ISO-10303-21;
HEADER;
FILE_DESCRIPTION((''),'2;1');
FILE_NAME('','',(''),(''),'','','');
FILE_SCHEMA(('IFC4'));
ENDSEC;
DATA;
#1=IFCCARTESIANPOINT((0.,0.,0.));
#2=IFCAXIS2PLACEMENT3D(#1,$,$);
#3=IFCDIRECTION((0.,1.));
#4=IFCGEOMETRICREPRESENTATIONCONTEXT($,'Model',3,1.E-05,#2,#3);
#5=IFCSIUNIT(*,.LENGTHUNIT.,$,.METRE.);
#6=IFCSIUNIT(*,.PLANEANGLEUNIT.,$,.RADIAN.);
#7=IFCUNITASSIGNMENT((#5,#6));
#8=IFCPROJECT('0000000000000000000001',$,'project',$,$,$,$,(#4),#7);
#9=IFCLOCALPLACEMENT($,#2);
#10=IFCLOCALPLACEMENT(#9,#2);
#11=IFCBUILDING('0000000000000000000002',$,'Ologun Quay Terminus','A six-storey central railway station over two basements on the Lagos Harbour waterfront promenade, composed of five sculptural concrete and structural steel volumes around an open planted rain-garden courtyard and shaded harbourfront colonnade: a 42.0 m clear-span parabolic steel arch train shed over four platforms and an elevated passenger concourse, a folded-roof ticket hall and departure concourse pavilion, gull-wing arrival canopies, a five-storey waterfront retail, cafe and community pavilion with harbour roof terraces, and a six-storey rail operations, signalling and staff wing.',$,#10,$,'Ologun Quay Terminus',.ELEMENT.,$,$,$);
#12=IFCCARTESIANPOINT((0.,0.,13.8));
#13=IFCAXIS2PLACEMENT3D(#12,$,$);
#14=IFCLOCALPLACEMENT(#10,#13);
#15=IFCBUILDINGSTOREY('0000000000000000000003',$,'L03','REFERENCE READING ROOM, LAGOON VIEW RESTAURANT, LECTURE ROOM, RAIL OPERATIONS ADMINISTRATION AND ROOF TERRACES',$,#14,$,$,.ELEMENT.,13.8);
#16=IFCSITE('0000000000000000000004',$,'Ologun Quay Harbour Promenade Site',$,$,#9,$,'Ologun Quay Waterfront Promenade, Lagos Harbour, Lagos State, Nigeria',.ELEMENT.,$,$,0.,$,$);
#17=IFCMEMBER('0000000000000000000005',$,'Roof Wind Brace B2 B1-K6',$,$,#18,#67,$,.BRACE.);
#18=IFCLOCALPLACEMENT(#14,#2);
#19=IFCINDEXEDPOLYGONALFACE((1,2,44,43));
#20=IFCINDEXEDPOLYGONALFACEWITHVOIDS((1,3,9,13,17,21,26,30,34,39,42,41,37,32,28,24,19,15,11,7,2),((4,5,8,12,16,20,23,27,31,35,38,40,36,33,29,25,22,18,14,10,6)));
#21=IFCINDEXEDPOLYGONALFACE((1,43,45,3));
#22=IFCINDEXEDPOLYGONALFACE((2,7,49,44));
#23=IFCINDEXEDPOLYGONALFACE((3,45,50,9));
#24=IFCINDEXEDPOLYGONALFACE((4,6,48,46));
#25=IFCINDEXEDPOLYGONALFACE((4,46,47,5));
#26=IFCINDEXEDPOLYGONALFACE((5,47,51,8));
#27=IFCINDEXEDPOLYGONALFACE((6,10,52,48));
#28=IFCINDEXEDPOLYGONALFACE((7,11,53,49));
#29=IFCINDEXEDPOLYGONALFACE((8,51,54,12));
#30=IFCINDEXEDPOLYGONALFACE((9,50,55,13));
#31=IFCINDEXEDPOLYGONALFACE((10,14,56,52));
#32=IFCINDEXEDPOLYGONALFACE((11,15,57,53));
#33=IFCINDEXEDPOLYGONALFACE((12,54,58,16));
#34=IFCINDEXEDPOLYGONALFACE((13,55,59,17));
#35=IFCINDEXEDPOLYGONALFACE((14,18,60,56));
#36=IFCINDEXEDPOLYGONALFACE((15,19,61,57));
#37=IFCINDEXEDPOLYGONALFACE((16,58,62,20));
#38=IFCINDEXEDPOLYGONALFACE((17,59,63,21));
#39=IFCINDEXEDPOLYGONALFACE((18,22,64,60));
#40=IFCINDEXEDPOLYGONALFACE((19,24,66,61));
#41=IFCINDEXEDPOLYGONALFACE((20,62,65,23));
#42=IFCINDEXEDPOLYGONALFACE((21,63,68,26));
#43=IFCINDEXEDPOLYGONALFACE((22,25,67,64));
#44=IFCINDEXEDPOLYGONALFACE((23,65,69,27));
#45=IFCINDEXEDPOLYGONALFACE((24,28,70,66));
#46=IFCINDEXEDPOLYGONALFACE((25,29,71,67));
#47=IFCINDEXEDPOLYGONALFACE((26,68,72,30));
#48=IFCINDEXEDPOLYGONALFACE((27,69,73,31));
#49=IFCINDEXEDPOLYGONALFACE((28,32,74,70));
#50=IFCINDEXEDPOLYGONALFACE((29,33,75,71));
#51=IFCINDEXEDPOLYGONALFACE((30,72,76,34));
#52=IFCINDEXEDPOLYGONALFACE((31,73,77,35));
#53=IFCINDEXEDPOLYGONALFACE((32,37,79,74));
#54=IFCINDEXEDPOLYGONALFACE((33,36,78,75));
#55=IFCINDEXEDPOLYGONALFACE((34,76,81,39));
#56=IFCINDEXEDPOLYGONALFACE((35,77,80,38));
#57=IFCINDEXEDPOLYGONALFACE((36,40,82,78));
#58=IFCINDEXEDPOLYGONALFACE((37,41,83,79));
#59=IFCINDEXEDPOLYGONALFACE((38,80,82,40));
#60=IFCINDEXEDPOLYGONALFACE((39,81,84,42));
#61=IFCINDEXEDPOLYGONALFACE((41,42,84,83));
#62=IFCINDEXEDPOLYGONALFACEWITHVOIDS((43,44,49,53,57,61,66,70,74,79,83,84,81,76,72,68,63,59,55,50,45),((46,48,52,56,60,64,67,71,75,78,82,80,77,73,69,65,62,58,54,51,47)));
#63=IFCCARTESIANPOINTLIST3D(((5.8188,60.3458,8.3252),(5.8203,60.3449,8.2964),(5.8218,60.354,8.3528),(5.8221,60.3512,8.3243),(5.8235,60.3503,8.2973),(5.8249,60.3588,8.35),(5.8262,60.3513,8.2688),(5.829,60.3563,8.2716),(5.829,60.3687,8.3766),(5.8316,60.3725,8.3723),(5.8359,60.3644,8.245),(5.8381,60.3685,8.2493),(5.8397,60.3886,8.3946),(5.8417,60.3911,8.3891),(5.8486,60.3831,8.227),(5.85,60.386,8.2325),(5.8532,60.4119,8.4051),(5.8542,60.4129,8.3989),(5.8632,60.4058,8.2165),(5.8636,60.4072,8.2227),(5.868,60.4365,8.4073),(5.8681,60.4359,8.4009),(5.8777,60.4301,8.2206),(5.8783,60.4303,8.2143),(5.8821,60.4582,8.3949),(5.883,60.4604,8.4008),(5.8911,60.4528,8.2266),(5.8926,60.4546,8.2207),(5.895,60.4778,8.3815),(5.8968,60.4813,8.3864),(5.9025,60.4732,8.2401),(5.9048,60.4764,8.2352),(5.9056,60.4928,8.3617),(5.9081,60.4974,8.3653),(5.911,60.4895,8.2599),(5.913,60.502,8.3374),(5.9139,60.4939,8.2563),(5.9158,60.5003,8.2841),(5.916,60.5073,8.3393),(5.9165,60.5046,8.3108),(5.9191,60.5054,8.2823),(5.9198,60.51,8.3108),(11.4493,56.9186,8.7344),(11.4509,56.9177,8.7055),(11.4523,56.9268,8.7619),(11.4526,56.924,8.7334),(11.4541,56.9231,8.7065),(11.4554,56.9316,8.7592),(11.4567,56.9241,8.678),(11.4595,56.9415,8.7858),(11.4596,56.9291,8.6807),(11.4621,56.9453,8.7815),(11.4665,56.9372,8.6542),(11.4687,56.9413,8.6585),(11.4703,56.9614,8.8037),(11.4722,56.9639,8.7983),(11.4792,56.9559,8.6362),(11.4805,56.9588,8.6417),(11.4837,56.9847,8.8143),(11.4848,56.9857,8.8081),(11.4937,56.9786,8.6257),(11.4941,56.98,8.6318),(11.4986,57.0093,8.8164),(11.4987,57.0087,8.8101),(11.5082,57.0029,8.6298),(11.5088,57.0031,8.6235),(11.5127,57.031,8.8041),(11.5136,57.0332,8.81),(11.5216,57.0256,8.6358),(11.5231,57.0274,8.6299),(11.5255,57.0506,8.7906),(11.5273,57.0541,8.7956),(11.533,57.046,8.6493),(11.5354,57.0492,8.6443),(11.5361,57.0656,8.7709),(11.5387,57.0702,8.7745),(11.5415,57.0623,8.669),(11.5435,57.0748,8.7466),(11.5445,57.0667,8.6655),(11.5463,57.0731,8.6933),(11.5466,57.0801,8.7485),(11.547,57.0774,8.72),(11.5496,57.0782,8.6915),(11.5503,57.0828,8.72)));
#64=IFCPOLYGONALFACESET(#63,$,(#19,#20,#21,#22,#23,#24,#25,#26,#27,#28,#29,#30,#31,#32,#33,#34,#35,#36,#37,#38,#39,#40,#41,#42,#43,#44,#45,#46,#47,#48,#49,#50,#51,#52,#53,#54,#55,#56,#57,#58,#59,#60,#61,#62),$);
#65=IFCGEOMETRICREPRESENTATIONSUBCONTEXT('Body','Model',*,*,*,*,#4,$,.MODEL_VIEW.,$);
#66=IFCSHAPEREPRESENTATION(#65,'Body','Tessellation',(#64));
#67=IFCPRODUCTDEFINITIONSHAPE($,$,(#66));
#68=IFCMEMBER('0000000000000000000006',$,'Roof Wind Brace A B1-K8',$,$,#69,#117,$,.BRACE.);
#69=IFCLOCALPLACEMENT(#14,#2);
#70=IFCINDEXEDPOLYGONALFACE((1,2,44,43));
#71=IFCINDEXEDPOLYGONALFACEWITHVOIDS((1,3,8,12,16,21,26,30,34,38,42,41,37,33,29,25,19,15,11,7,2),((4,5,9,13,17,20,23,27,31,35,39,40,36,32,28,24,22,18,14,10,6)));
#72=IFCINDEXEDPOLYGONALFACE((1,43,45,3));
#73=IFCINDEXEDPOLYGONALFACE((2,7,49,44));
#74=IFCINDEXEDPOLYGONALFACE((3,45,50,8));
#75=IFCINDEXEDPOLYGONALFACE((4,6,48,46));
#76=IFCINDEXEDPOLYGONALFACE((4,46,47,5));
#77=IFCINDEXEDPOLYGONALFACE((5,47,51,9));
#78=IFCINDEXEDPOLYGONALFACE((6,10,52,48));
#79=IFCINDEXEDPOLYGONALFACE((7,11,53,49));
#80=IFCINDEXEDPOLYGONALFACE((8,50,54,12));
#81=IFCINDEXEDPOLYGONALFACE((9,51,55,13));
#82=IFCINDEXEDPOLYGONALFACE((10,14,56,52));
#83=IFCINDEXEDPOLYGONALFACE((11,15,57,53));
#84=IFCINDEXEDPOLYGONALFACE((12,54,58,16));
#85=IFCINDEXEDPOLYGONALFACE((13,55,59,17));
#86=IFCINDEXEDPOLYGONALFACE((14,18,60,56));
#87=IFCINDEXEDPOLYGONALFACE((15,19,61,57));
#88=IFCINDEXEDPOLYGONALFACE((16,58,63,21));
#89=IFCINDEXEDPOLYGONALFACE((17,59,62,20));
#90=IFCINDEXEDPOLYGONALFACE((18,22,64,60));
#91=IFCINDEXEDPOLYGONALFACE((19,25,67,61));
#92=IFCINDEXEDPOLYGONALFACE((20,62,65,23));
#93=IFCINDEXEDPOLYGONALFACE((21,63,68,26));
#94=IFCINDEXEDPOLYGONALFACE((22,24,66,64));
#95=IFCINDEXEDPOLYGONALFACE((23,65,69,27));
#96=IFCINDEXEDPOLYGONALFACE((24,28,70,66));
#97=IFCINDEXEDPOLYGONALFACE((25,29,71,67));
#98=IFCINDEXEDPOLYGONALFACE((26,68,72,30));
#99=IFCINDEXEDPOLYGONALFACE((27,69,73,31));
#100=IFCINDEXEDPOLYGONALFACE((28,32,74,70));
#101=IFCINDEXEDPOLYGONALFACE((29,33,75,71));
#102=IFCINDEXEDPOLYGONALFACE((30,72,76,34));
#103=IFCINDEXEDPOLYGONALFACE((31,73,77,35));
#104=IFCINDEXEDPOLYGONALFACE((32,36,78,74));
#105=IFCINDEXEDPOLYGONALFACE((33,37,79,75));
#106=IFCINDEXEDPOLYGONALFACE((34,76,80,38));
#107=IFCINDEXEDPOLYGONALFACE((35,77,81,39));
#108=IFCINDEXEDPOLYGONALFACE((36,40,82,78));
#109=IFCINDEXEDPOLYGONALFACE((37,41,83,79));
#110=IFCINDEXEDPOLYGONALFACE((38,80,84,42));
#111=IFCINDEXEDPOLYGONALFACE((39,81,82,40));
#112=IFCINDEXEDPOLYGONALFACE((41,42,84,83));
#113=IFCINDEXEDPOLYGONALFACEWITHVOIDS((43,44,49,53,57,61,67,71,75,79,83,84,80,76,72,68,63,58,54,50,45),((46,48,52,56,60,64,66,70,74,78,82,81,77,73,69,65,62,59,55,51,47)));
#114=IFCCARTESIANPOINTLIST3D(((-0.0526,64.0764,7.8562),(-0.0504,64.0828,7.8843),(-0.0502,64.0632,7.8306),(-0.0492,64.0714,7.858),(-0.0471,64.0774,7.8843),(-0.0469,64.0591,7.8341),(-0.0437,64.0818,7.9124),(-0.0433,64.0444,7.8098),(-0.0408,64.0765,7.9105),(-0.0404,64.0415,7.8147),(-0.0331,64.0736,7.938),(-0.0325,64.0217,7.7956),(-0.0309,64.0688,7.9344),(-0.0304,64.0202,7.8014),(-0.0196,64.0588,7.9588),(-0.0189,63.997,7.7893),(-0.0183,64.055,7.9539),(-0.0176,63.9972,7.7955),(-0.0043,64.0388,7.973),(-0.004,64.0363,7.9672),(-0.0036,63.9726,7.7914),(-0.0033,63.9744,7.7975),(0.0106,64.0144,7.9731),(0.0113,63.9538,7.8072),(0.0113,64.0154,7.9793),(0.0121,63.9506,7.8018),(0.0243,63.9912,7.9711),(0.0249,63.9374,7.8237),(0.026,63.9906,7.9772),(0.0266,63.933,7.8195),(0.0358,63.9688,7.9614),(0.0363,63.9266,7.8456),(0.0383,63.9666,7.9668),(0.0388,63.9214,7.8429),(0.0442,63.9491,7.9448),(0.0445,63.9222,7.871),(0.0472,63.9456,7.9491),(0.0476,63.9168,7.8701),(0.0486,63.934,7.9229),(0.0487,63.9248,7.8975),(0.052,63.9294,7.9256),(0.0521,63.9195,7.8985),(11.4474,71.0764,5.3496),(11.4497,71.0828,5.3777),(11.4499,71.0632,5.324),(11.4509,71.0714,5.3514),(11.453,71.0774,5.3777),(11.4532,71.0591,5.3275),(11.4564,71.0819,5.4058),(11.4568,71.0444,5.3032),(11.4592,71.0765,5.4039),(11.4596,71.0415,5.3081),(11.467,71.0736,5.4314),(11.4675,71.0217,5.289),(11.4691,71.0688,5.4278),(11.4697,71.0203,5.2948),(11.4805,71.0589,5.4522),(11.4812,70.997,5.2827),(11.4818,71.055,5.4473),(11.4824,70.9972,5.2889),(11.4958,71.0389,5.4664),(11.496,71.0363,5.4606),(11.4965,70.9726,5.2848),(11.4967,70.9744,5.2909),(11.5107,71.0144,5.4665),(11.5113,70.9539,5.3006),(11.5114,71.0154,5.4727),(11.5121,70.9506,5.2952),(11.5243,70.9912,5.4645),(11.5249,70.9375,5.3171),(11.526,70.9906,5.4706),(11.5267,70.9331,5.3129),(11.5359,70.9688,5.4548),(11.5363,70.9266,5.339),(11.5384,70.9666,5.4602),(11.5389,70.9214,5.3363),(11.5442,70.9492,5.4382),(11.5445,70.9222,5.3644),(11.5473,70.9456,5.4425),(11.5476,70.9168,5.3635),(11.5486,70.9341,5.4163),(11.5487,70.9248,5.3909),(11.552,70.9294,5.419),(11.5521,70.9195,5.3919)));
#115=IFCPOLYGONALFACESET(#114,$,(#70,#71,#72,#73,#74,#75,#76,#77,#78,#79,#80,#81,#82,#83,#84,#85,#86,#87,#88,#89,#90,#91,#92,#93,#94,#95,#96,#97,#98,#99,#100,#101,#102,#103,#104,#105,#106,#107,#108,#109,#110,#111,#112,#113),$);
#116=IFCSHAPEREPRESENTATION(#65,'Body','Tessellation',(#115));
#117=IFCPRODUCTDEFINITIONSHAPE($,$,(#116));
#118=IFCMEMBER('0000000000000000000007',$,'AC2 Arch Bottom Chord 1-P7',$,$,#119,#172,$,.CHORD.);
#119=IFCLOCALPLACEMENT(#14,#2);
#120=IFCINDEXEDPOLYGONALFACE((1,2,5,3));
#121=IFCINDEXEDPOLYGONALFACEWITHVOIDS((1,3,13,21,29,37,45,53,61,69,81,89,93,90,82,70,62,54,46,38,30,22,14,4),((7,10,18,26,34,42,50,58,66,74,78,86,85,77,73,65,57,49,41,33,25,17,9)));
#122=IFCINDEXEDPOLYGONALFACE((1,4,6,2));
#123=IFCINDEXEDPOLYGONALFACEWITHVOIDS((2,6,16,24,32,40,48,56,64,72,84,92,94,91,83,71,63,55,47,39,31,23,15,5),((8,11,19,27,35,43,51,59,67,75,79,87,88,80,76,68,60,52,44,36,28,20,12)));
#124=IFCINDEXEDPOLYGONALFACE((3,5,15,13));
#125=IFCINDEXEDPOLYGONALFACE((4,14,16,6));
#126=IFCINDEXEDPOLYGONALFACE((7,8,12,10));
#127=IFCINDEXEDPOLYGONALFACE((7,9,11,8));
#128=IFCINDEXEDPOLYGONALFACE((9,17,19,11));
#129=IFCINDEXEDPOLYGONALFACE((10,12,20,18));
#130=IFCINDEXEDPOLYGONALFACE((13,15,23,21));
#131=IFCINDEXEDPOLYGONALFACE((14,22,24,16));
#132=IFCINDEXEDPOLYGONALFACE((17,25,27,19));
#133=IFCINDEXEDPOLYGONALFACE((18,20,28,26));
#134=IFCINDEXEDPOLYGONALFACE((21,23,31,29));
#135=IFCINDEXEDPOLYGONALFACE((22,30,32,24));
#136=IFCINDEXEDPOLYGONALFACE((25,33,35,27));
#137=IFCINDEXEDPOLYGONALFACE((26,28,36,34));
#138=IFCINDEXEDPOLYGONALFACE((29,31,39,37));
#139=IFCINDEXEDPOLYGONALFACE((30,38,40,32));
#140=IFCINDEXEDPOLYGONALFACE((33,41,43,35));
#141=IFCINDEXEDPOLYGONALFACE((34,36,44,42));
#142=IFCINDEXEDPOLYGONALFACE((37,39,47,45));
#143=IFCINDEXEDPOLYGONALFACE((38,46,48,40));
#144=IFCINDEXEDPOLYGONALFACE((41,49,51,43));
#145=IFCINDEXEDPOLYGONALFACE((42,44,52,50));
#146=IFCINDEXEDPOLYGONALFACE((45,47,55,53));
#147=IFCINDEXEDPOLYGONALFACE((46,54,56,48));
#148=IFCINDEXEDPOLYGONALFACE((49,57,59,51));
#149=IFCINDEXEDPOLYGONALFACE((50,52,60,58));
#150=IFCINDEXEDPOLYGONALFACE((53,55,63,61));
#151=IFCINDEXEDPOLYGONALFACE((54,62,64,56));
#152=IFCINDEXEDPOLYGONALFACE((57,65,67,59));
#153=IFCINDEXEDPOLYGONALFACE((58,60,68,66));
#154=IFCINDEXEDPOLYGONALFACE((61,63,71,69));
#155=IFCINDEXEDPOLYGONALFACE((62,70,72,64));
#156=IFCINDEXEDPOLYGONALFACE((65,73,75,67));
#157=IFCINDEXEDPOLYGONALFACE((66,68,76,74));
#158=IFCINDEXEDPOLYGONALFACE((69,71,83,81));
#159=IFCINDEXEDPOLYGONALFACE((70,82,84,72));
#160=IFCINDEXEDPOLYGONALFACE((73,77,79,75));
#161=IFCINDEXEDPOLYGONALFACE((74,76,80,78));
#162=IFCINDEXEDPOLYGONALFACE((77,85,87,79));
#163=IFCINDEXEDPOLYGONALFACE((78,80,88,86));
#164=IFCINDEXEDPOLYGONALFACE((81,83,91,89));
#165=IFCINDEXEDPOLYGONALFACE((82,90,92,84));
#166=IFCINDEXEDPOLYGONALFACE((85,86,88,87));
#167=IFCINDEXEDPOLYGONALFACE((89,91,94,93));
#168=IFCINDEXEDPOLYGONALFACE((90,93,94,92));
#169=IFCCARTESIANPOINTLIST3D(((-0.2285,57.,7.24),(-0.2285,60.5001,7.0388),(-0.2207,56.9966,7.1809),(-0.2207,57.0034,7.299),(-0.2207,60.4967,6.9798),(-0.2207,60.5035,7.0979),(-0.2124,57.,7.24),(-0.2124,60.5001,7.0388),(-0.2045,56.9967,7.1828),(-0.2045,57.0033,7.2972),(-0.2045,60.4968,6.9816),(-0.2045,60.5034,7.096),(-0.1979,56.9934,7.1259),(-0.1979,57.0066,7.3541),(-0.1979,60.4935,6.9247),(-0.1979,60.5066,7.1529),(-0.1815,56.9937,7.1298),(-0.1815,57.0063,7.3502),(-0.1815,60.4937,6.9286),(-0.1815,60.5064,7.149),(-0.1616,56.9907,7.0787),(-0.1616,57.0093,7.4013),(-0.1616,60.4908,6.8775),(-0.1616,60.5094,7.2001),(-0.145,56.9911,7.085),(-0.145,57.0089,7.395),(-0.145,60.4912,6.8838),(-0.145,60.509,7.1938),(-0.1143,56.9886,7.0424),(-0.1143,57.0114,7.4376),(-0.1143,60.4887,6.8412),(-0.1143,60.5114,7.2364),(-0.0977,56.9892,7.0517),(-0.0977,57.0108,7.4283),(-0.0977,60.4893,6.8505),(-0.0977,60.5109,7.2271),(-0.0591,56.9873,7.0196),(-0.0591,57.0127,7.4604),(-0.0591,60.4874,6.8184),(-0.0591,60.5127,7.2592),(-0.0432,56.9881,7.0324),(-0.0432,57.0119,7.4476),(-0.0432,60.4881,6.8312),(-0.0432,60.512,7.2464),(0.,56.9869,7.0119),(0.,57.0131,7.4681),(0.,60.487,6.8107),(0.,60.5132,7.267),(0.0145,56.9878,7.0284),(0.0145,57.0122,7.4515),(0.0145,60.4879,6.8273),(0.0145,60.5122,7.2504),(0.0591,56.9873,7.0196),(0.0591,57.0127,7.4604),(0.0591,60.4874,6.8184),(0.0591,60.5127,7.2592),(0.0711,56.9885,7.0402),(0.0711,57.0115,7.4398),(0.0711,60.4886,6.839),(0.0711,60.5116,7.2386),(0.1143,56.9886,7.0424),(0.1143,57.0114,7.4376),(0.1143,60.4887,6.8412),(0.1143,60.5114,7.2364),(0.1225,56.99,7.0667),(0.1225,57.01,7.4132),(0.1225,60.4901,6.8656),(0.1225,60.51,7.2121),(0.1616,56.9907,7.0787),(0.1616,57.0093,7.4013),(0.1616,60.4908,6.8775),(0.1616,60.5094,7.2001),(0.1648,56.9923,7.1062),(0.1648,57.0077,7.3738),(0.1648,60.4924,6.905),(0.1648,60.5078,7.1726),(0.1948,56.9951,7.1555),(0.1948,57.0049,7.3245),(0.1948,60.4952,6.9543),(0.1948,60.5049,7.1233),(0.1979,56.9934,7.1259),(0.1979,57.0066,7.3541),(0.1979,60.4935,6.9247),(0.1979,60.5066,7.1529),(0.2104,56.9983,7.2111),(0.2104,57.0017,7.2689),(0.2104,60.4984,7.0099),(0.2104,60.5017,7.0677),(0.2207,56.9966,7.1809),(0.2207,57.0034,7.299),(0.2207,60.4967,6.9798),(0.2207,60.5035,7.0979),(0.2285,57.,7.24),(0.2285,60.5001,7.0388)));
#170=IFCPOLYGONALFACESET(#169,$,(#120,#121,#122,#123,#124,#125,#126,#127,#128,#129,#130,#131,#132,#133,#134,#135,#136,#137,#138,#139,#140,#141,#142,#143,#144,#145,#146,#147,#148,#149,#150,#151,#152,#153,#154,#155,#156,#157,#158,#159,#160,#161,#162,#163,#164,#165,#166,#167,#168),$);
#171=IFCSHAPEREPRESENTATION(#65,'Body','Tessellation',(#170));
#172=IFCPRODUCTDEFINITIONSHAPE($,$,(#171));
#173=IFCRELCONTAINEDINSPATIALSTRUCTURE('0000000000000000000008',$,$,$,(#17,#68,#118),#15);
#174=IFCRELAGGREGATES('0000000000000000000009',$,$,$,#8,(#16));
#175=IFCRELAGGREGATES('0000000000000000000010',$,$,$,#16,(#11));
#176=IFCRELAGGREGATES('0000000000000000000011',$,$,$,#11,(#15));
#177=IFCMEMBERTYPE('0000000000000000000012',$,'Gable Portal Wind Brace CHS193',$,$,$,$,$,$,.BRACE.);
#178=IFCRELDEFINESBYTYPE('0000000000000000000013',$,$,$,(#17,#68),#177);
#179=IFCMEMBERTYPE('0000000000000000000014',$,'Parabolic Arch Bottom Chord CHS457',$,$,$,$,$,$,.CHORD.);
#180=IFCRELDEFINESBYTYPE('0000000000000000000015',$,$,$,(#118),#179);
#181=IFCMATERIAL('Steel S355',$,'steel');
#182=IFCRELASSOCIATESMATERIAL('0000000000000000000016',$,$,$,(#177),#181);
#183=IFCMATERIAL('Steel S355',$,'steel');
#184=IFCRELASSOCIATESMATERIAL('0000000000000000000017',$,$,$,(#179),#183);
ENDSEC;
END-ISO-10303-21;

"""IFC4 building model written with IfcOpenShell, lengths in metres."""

from ifc_helpers import new_model, si_unit, direction, frame, origin, origin_2d, place, context, subcontext, project, spatial, hollow_circle, extrude, material, material_profile, profile_set, type_object, element, save


model = new_model("IFC4")

# Units and contexts
model_context = context("Model", 3, precision=1e-05, world=origin(), true_north=direction((0.0, 1.0)))
body_context = subcontext(model_context, "Body", "Model", "MODEL_VIEW")
ifc_project = project(units=[si_unit("LENGTHUNIT", "METRE"), si_unit("PLANEANGLEUNIT", "RADIAN")], contexts=[model_context])

# Site, building, storey
site_placement = place(None, origin())
site = spatial("IfcSite", under=ifc_project, at=site_placement, Name="Ologun Quay Harbour Promenade Site", LongName="Ologun Quay Waterfront Promenade, Lagos Harbour, Lagos State, Nigeria", CompositionType="ELEMENT", RefElevation=0.0)
building_placement = place(site_placement, origin())
building = spatial("IfcBuilding", under=site, at=building_placement, Name="Ologun Quay Terminus", Description="A six-storey central railway station over two basements on the Lagos Harbour waterfront promenade, composed of five sculptural concrete and structural steel volumes around an open planted rain-garden courtyard and shaded harbourfront colonnade: a 42.0 m clear-span parabolic steel arch train shed over four platforms and an elevated passenger concourse, a folded-roof ticket hall and departure concourse pavilion, gull-wing arrival canopies, a five-storey waterfront retail, cafe and community pavilion with harbour roof terraces, and a six-storey rail operations, signalling and staff wing.", LongName="Ologun Quay Terminus", CompositionType="ELEMENT")
storey_placement = place(building_placement, frame((0.0, 0.0, 13.8)))
storey = spatial("IfcBuildingStorey", under=building, at=storey_placement, Name="L03", Description="REFERENCE READING ROOM, LAGOON VIEW RESTAURANT, LECTURE ROOM, RAIL OPERATIONS ADMINISTRATION AND ROOF TERRACES", CompositionType="ELEMENT", Elevation=13.8)

# Members
ifc_material_1 = material(Name="Steel S355", Category="steel")
ifc_material_profile_1 = material_profile(ifc_material_1, hollow_circle(Radius=0.0969, WallThickness=0.0063, at=origin_2d()), Name="CHS 193.7x6.3")
ifc_profile_set_1 = profile_set([ifc_material_profile_1], Name="Steel S355")
member_type_1 = type_object("IfcMemberType", Name="Gable Portal Wind Brace CHS193", PredefinedType="BRACE", material=ifc_profile_set_1)
for number, where, z_axis, x_axis, name in (
    (1, (5.8694, 60.4272, 8.3108), (0.852563, -0.518939, 0.061956), (0.519938, 0.854204, 0.0), "Roof Wind Brace B2 B1-K6"),
):
    element("IfcMember", number, at=place(storey_placement, frame(where, z_axis=z_axis, x_axis=x_axis)), inside=storey, type_object=member_type_1, Name=name, PredefinedType="BRACE", context=body_context, shape_type="SweptSolid", body=[
        extrude(hollow_circle(Radius=0.0969, WallThickness=0.0063, at=origin_2d()), origin(), (0.0, 0.0, 1.0), 6.6042),
    ])
member_1_placement = place(storey_placement, frame((0.0, 64.0, 7.8843), z_axis=(0.839767, 0.511163, -0.183039), x_axis=(-0.519947, 0.854199, 0.0)))
element("IfcMember", 2, at=member_1_placement, inside=storey, type_object=member_type_1, Name="Roof Wind Brace A B1-K8", PredefinedType="BRACE", context=body_context, shape_type="SweptSolid", body=[
    extrude(hollow_circle(Radius=0.0969, WallThickness=0.0063, at=origin_2d()), origin(), (0.0, 0.0, 1.0), 13.6943),
])
ifc_material_2 = material(Name="Steel S355", Category="steel")
ifc_material_profile_2 = material_profile(ifc_material_2, hollow_circle(Radius=0.2285, WallThickness=0.0161, at=origin_2d()), Name="CHS 457x16")
ifc_profile_set_2 = profile_set([ifc_material_profile_2], Name="Steel S355")
member_type_2 = type_object("IfcMemberType", Name="Parabolic Arch Bottom Chord CHS457", PredefinedType="CHORD", material=ifc_profile_set_2)
member_2_placement = place(storey_placement, frame((0.0, 57.0, 7.24), z_axis=(0.0, 0.998352, -0.057383), x_axis=(-1.0, 0.0, 0.0)))
element("IfcMember", 3, at=member_2_placement, inside=storey, type_object=member_type_2, Name="AC2 Arch Bottom Chord 1-P7", PredefinedType="CHORD", context=body_context, shape_type="SweptSolid", body=[
    extrude(hollow_circle(Radius=0.2285, WallThickness=0.0161, at=origin_2d()), origin(), (0.0, 0.0, 1.0), 3.5059),
])

save(model, "model.ifc")
